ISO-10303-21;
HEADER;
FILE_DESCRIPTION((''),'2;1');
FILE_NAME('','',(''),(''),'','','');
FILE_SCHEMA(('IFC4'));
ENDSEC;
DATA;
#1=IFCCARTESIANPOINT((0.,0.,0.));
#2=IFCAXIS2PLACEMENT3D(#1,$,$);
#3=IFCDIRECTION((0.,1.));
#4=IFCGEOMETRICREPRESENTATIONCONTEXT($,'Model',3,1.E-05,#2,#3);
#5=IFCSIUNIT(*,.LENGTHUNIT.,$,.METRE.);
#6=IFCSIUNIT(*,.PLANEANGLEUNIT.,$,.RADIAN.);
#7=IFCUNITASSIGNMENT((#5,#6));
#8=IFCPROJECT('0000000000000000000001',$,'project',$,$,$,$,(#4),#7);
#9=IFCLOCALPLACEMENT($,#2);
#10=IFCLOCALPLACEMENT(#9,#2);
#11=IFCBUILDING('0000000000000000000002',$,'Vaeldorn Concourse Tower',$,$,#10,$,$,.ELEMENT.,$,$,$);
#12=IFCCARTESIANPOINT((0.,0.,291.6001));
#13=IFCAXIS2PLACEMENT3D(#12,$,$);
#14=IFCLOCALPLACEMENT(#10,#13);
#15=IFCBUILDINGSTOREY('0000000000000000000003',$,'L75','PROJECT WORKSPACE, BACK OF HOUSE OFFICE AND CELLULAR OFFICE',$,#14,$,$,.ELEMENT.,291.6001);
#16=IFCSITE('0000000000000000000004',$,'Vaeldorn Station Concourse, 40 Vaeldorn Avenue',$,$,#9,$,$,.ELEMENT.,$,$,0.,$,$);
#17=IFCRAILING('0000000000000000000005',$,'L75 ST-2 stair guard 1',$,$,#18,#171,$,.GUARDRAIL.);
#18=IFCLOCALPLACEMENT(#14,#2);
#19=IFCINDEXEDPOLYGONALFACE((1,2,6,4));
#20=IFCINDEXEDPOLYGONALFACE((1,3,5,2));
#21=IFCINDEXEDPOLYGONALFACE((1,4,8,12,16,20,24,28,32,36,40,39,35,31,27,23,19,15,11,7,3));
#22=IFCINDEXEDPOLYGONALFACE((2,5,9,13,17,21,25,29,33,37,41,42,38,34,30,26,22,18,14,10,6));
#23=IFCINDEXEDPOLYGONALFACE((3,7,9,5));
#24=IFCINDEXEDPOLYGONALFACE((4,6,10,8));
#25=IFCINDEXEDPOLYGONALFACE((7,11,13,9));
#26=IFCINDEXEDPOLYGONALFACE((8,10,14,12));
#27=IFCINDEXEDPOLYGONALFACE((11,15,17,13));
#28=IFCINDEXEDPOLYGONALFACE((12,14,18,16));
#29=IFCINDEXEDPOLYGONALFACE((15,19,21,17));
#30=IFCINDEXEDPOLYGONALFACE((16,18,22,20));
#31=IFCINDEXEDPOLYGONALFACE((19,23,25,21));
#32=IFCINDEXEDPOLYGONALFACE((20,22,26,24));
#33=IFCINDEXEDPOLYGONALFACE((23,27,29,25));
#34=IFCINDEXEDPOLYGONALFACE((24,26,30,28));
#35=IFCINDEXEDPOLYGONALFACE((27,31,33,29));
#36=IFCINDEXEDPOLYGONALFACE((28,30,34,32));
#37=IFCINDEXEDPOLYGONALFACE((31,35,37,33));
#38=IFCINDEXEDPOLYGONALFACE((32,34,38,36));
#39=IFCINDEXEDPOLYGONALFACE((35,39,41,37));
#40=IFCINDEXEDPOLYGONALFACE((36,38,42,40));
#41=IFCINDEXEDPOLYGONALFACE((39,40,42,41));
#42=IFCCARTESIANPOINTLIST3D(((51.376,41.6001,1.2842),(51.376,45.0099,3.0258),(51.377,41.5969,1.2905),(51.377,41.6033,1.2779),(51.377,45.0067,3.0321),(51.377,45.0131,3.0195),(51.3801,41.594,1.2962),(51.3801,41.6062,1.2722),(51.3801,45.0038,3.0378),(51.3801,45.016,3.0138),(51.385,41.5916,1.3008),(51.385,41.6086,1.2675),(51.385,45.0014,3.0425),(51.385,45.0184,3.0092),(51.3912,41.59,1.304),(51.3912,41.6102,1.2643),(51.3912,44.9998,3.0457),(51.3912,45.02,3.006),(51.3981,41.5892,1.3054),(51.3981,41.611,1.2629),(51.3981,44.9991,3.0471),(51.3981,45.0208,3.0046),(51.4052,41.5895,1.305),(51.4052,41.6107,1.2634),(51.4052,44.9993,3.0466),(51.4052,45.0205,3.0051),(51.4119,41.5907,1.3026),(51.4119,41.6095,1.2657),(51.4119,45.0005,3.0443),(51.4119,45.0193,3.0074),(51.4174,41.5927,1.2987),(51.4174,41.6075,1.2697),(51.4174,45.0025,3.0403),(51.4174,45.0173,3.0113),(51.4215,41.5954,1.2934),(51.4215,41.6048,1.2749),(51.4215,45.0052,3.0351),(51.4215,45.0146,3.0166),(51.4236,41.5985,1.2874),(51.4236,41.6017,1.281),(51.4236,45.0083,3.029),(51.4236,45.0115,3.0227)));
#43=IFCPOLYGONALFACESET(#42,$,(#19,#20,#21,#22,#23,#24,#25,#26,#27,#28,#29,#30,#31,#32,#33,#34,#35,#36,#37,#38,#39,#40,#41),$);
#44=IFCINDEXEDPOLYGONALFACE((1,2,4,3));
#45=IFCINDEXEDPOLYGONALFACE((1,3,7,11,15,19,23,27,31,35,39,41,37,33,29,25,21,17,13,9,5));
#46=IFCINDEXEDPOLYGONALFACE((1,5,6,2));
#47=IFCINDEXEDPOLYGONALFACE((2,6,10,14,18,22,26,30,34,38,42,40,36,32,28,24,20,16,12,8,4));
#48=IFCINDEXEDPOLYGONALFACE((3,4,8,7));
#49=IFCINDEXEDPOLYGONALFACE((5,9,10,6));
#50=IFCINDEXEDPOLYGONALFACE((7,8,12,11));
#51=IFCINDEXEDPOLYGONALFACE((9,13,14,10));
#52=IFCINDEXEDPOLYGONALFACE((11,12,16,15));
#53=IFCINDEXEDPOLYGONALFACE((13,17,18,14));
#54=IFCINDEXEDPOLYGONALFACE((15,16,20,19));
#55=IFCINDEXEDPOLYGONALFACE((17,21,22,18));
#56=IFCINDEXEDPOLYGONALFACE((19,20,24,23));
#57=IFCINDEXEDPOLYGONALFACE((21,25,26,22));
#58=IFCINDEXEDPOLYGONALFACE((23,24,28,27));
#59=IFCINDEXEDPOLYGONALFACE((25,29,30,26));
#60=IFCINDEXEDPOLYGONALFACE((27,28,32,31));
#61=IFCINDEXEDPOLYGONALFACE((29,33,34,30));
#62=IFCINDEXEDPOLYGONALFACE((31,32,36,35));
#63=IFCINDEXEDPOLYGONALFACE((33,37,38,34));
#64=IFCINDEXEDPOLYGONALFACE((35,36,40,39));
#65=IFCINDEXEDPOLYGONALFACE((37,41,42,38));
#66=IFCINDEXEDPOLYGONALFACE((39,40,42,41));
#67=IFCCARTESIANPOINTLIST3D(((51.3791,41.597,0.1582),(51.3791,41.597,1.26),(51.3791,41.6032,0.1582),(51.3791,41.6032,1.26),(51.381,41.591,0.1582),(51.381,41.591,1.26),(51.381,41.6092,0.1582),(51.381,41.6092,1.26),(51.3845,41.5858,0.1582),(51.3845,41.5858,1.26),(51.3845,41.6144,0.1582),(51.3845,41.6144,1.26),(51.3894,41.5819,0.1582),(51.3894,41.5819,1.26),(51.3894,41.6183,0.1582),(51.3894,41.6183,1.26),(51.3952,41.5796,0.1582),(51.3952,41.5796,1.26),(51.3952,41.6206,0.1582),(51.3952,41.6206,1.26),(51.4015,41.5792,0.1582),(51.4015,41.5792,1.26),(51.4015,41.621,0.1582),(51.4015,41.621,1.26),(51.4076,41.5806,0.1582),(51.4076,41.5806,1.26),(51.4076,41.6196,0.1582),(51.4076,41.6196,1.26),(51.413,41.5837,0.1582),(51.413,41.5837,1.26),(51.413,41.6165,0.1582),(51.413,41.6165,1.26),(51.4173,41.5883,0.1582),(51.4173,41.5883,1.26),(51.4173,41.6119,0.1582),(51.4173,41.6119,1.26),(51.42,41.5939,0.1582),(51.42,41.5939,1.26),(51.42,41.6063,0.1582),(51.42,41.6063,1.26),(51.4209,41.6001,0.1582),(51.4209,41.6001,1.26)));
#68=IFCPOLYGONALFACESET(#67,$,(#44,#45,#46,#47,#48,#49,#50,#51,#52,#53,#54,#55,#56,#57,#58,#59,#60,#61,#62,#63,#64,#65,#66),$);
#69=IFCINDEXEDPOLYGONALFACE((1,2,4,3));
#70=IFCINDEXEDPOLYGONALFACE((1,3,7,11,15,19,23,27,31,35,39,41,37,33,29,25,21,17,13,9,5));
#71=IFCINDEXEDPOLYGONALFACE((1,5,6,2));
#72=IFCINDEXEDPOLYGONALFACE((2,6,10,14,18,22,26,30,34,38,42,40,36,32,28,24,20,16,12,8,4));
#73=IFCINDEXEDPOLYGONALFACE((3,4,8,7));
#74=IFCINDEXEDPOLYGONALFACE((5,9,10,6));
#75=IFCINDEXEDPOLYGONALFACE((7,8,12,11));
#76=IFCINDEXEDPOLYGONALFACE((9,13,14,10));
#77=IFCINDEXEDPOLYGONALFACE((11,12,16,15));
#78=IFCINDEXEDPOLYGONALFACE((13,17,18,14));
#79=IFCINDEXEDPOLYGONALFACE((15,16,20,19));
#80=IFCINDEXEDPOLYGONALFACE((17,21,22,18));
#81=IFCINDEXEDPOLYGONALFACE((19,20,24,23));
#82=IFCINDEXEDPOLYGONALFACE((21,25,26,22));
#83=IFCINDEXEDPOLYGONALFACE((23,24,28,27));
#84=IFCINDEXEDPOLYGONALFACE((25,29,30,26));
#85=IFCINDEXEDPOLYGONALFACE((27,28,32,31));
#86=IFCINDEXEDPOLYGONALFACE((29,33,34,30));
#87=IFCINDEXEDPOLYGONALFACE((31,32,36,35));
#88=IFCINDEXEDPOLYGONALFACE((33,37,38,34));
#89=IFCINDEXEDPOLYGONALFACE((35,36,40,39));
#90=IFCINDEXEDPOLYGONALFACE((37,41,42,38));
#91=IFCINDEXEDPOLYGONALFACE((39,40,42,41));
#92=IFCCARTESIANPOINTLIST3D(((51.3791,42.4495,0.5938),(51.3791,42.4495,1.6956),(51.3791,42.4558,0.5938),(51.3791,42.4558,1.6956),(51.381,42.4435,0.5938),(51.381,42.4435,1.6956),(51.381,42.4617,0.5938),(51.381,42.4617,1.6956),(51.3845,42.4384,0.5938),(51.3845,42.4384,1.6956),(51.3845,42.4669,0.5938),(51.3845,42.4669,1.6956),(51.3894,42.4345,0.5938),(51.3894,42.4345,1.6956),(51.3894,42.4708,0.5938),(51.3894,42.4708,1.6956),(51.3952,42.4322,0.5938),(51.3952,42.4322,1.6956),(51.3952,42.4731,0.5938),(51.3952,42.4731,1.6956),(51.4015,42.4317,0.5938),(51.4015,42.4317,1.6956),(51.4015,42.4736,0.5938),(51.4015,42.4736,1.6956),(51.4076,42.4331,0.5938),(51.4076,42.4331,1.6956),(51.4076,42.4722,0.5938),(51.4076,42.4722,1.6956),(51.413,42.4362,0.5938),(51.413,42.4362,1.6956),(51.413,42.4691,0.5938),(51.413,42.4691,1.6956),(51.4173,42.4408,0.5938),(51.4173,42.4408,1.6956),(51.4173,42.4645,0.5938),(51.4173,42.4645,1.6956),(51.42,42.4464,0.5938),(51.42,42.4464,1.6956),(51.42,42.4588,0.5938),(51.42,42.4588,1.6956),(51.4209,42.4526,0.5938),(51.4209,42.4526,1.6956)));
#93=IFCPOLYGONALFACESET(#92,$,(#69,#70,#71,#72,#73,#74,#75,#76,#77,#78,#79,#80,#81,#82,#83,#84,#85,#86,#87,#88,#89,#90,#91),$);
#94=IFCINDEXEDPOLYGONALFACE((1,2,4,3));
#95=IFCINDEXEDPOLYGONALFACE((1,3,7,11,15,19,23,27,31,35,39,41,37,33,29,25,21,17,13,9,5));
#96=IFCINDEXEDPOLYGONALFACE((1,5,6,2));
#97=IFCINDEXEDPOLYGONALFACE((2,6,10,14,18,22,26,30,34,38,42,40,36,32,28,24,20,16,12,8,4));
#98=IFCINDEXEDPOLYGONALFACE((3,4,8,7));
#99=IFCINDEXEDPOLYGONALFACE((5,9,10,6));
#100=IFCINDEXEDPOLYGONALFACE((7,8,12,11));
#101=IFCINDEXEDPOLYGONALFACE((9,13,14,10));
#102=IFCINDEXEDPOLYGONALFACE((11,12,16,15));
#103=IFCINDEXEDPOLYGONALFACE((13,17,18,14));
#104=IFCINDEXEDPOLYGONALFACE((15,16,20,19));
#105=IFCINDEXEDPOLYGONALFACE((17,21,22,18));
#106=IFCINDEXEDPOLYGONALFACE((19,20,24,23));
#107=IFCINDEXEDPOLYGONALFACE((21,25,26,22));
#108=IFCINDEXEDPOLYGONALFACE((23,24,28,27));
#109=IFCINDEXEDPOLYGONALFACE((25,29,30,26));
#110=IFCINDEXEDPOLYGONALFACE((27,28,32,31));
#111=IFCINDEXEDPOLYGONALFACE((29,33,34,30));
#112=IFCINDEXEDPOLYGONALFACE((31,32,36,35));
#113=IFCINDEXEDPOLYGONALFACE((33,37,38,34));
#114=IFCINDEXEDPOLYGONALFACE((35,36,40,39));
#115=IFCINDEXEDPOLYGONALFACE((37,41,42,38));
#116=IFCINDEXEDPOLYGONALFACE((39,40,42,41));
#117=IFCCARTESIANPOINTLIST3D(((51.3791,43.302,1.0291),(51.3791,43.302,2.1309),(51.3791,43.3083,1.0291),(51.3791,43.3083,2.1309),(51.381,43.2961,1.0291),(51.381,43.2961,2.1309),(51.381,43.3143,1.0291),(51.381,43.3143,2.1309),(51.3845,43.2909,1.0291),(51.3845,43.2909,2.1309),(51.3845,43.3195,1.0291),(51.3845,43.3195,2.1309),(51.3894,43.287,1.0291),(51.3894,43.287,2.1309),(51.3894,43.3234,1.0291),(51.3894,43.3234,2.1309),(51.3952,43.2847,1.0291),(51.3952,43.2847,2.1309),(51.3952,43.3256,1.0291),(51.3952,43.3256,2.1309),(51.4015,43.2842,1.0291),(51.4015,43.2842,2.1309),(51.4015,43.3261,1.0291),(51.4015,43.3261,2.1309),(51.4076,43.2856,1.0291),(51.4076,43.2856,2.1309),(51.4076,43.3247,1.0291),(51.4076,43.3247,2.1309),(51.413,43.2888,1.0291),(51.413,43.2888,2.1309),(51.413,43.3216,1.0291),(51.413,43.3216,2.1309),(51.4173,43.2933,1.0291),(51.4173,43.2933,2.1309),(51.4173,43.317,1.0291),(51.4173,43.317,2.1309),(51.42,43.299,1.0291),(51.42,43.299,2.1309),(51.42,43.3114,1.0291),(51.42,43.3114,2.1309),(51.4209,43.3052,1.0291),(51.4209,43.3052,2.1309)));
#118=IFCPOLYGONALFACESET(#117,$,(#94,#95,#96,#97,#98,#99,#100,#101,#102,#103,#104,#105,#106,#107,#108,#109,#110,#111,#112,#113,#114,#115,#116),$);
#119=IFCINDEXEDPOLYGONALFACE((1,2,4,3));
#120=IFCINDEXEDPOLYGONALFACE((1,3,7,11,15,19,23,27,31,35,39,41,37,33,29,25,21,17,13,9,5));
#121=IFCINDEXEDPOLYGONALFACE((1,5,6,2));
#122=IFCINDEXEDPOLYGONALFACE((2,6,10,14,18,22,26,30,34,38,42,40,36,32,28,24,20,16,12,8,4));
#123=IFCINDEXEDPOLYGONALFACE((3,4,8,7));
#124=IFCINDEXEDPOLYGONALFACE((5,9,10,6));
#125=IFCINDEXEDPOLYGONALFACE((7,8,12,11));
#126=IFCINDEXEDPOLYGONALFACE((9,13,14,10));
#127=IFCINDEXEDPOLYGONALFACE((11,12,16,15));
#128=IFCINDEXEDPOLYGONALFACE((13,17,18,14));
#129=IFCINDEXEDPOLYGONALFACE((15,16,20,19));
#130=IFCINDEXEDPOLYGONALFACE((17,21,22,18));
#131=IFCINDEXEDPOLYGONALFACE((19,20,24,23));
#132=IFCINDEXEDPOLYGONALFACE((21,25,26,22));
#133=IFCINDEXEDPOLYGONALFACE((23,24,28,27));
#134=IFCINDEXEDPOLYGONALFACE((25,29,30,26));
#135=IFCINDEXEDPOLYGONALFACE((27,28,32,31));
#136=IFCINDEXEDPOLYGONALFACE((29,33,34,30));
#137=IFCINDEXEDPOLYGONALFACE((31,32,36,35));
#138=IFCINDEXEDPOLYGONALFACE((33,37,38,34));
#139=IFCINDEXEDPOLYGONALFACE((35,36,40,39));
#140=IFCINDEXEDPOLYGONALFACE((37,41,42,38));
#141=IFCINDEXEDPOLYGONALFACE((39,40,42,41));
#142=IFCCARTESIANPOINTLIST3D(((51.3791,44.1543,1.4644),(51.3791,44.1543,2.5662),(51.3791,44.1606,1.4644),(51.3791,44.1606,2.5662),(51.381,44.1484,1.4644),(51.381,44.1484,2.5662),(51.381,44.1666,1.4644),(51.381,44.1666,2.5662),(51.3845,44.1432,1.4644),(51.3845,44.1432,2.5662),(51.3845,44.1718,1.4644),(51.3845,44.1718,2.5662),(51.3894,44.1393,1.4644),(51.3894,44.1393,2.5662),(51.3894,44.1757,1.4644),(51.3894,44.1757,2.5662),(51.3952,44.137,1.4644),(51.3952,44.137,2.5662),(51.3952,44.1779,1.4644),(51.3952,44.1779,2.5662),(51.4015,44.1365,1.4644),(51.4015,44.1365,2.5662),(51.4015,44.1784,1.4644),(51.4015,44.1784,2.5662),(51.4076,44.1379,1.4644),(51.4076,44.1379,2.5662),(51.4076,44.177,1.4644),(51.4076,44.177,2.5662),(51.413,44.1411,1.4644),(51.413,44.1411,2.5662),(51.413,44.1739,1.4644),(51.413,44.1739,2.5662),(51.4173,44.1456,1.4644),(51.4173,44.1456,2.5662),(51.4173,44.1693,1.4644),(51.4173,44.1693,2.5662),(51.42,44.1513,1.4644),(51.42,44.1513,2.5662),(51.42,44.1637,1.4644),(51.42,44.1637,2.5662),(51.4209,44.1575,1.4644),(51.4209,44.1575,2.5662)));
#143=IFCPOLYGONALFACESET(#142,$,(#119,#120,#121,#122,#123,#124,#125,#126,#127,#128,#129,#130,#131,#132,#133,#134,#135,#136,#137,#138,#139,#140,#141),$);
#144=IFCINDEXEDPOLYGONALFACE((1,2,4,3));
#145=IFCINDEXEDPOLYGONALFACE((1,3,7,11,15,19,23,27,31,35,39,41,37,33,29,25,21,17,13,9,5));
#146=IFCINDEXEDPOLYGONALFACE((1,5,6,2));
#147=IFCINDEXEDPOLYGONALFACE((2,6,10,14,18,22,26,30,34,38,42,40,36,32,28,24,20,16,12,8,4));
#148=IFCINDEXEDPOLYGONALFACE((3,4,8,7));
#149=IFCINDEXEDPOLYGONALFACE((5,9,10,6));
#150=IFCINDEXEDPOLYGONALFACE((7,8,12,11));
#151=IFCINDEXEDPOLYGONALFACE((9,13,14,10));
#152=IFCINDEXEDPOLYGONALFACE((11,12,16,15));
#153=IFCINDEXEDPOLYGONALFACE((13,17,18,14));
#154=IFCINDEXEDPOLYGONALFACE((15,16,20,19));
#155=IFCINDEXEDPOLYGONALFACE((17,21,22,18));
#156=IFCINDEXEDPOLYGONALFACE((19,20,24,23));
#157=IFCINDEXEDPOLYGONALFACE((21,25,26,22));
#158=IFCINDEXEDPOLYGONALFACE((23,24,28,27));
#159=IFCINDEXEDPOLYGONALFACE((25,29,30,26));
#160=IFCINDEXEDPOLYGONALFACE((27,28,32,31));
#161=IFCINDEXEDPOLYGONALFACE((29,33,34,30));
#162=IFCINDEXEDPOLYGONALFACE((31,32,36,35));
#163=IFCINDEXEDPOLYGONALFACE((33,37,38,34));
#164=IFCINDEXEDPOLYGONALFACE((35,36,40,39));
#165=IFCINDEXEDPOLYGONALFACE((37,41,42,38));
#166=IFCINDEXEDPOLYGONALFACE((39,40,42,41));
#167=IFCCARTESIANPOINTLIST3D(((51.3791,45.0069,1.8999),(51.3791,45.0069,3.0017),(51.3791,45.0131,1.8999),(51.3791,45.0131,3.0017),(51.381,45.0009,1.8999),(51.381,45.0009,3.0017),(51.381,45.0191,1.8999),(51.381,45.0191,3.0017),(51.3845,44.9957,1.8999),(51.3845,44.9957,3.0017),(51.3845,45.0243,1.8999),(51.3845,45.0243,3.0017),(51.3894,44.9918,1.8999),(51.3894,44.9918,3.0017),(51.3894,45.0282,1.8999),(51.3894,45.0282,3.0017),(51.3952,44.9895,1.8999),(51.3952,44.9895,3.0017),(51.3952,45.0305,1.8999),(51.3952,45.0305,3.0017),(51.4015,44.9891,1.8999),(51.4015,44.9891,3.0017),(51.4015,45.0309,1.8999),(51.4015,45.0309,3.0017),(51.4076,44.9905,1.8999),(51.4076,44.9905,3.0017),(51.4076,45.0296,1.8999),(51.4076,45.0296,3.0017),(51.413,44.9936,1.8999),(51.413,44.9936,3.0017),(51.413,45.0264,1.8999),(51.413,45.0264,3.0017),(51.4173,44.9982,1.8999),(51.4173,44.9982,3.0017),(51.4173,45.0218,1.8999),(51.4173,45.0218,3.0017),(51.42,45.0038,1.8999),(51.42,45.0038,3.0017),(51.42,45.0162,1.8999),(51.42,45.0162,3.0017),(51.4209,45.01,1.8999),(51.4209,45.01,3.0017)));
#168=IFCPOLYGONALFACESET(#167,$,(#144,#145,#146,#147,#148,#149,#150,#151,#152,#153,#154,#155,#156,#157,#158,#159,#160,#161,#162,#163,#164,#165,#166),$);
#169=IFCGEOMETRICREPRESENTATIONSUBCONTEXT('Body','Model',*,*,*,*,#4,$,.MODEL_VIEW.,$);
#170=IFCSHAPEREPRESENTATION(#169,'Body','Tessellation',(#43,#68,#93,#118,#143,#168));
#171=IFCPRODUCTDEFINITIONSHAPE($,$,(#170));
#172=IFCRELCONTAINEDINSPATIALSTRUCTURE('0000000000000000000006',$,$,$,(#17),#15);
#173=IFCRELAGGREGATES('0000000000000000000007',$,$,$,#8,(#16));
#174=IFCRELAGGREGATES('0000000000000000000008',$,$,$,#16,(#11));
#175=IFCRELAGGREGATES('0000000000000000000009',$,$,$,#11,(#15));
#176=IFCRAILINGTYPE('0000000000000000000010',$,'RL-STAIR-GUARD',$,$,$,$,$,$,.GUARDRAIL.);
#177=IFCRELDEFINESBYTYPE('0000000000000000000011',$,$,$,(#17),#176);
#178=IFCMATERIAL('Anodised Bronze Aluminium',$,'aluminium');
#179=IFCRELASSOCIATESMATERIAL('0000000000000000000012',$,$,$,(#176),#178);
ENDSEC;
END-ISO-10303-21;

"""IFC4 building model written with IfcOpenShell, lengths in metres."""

from ifc_helpers import new_model, si_unit, direction, frame, origin, origin_2d, place, context, subcontext, project, spatial, circle, extrude, material, type_object, element, save


model = new_model("IFC4")

# Units and contexts
model_context = context("Model", 3, precision=1e-05, world=origin(), true_north=direction((0.0, 1.0)))
body_context = subcontext(model_context, "Body", "Model", "MODEL_VIEW")
ifc_project = project(units=[si_unit("LENGTHUNIT", "METRE"), si_unit("PLANEANGLEUNIT", "RADIAN")], contexts=[model_context])

# Site, building, storey
site_placement = place(None, origin())
site = spatial("IfcSite", under=ifc_project, at=site_placement, Name="Vaeldorn Station Concourse, 40 Vaeldorn Avenue", CompositionType="ELEMENT", RefElevation=0.0)
building_placement = place(site_placement, origin())
building = spatial("IfcBuilding", under=site, at=building_placement, Name="Vaeldorn Concourse Tower", CompositionType="ELEMENT")
storey_placement = place(building_placement, frame((0.0, 0.0, 291.6001)))
storey = spatial("IfcBuildingStorey", under=building, at=storey_placement, Name="L75", Description="PROJECT WORKSPACE, BACK OF HOUSE OFFICE AND CELLULAR OFFICE", CompositionType="ELEMENT", Elevation=291.6001)

# Shared definitions
ifc_material_1 = material(Name="Anodised Bronze Aluminium", Category="aluminium")

# Railing
railing_type_1 = type_object("IfcRailingType", Name="RL-STAIR-GUARD", PredefinedType="GUARDRAIL", material=ifc_material_1)
railing_1_placement = place(storey_placement, frame((51.3999, 41.6001, 0.1582)))
element("IfcRailing", 1, at=railing_1_placement, inside=storey, type_object=railing_type_1, Name="L75 ST-2 stair guard 1", PredefinedType="GUARDRAIL", context=body_context, shape_type="SweptSolid", body=[
    extrude(circle(Radius=0.0239, at=origin_2d()), frame((0.0, 0.0, 1.126), z_axis=(0.0, 0.890556, 0.454874), x_axis=(-1.0, 0.0, 0.0)), (0.0, 0.0, 1.0), 3.8289),
    extrude(circle(Radius=0.021, at=origin_2d()), origin(), (0.0, 0.0, 1.0), 1.1018),
    extrude(circle(Radius=0.021, at=origin_2d()), frame((0.0, 0.8525, 0.4355)), (0.0, 0.0, 1.0), 1.1018),
    extrude(circle(Radius=0.021, at=origin_2d()), frame((0.0, 1.7051, 0.8708)), (0.0, 0.0, 1.0), 1.1018),
    extrude(circle(Radius=0.021, at=origin_2d()), frame((0.0, 2.5574, 1.3062)), (0.0, 0.0, 1.0), 1.1018),
    extrude(circle(Radius=0.021, at=origin_2d()), frame((0.0, 3.4099, 1.7417)), (0.0, 0.0, 1.0), 1.1018),
])

save(model, "model.ifc")
